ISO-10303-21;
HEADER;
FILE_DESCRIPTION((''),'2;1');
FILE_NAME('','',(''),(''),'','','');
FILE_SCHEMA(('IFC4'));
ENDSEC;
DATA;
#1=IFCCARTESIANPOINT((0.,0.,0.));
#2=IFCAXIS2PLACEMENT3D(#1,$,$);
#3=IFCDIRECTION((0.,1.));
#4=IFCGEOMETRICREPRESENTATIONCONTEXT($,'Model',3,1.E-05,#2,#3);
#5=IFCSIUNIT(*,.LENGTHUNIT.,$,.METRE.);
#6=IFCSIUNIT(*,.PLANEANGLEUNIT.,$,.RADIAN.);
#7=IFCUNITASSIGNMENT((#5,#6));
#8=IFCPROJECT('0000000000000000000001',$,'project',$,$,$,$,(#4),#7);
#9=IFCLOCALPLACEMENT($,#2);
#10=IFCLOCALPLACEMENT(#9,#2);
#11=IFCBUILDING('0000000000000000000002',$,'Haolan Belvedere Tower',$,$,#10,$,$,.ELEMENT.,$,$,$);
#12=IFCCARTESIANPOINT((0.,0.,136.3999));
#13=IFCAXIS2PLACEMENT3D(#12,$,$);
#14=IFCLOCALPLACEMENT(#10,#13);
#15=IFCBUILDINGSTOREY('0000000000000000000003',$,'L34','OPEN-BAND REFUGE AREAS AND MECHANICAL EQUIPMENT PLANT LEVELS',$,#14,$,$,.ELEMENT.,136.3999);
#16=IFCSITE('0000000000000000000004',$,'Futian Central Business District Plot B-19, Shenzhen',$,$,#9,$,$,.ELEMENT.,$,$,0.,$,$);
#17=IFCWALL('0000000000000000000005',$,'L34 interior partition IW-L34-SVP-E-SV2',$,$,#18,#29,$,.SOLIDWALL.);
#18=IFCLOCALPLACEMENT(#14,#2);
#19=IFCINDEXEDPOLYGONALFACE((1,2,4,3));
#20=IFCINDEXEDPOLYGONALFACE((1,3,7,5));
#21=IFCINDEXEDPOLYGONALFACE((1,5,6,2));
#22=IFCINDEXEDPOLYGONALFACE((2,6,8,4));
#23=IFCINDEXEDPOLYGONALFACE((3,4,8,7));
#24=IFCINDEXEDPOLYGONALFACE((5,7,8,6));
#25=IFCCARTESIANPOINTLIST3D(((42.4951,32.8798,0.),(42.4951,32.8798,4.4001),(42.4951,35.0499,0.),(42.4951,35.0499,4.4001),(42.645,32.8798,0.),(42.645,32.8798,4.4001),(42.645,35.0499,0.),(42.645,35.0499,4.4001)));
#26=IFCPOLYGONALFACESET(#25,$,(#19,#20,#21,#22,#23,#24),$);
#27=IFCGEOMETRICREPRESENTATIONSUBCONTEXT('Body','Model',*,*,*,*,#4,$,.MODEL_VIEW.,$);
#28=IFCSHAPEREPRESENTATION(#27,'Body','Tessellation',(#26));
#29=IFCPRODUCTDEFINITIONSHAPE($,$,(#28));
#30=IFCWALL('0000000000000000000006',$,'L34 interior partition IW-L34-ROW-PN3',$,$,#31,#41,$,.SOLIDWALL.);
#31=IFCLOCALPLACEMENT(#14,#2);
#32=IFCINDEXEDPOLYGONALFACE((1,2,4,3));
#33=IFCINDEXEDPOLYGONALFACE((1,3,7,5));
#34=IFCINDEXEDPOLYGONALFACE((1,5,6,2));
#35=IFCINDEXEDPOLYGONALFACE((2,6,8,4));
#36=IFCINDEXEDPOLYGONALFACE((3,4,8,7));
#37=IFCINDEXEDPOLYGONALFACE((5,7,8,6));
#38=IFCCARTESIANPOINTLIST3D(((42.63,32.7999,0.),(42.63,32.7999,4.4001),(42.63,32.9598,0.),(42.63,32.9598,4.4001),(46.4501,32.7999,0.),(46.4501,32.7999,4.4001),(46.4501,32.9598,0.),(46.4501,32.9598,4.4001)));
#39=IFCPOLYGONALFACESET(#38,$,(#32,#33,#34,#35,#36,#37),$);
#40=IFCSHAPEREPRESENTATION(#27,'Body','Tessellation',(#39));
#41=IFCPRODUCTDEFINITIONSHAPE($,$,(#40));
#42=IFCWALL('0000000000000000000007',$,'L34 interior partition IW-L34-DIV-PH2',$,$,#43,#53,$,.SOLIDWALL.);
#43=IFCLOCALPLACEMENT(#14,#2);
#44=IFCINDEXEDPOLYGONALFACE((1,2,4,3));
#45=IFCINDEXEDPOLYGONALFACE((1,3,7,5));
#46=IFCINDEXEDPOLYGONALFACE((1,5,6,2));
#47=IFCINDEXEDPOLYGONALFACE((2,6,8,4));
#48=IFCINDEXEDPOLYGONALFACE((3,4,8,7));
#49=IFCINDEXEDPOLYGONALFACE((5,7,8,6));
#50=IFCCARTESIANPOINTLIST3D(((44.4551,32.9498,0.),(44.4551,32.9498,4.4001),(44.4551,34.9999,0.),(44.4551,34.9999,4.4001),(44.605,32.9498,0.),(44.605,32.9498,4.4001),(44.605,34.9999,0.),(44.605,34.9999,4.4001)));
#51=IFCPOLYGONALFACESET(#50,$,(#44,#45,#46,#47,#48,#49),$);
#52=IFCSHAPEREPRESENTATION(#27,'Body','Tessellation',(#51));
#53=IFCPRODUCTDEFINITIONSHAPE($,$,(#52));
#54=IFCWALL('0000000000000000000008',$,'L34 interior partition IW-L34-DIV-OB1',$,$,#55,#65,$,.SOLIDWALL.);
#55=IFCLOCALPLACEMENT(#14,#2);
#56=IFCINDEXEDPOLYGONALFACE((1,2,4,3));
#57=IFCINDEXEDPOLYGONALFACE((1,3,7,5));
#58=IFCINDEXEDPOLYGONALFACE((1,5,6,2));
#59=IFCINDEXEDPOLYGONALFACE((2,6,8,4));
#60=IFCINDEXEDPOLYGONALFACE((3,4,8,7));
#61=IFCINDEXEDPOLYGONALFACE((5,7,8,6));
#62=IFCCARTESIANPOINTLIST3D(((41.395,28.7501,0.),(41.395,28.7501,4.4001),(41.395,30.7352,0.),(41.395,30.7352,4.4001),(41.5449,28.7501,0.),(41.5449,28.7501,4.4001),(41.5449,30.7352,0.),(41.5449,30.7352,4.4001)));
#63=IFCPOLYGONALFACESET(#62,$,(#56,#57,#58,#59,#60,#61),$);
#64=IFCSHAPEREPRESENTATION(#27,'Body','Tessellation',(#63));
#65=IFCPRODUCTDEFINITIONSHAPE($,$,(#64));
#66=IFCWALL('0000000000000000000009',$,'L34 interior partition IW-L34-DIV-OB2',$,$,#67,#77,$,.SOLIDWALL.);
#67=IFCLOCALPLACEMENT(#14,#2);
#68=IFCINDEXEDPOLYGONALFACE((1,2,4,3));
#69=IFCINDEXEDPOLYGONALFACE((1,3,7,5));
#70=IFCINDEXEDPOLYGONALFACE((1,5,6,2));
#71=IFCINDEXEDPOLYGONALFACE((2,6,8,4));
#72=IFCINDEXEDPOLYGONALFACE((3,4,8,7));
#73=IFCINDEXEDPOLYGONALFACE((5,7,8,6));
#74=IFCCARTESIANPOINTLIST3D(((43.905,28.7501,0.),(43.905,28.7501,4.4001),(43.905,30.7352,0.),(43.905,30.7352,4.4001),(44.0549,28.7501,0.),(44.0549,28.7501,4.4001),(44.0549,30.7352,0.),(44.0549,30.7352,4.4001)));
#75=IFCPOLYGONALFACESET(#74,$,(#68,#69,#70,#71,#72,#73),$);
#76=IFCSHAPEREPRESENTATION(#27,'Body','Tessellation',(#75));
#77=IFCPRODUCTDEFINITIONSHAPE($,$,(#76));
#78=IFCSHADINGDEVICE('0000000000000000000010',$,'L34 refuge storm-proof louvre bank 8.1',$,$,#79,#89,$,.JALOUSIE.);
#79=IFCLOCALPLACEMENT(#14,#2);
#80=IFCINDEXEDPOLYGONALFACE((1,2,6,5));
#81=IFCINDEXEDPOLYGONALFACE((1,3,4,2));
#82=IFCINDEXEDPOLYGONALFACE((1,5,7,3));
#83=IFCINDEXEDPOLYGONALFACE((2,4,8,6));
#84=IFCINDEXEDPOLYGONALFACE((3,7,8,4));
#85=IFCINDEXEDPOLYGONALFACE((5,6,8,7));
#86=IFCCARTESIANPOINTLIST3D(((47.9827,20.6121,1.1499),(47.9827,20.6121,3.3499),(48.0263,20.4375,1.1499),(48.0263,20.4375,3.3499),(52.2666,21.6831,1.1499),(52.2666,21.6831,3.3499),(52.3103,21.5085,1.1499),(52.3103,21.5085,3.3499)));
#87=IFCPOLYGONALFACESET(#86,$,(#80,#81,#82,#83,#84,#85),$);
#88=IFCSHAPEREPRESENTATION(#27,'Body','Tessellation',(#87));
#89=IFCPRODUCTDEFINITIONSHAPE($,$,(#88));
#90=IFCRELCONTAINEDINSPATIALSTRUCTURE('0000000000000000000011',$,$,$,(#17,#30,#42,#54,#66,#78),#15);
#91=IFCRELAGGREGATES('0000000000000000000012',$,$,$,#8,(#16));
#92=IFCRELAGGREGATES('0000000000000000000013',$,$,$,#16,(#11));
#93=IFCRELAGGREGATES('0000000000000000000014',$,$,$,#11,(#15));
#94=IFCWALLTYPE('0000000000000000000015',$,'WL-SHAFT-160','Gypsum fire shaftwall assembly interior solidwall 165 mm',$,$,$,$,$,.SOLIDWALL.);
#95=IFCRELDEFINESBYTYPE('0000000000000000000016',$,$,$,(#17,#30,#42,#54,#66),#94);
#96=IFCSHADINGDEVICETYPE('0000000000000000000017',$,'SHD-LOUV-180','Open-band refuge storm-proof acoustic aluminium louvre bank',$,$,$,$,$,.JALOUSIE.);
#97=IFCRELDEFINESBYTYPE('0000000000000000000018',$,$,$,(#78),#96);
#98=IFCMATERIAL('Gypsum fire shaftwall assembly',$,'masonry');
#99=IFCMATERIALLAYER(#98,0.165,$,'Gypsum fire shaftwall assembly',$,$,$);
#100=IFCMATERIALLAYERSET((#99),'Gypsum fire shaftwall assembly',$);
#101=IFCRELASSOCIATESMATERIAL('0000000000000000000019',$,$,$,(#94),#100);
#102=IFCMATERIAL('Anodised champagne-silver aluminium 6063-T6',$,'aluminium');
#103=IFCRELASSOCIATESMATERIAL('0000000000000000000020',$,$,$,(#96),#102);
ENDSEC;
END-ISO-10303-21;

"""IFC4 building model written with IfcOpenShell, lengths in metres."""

from ifc_helpers import new_model, si_unit, direction, frame, frame_2d, origin, origin_2d, place, context, subcontext, project, spatial, rectangle, extrude, material, layer, layer_set, type_object, element, save


model = new_model("IFC4")

# Units and contexts
model_context = context("Model", 3, precision=1e-05, world=origin(), true_north=direction((0.0, 1.0)))
body_context = subcontext(model_context, "Body", "Model", "MODEL_VIEW")
ifc_project = project(units=[si_unit("LENGTHUNIT", "METRE"), si_unit("PLANEANGLEUNIT", "RADIAN")], contexts=[model_context])

# Site, building, storey
site_placement = place(None, origin())
site = spatial("IfcSite", under=ifc_project, at=site_placement, Name="Futian Central Business District Plot B-19, Shenzhen", CompositionType="ELEMENT", RefElevation=0.0)
building_placement = place(site_placement, origin())
building = spatial("IfcBuilding", under=site, at=building_placement, Name="Haolan Belvedere Tower", CompositionType="ELEMENT")
storey_placement = place(building_placement, frame((0.0, 0.0, 136.3999)))
storey = spatial("IfcBuildingStorey", under=building, at=storey_placement, Name="L34", Description="OPEN-BAND REFUGE AREAS AND MECHANICAL EQUIPMENT PLANT LEVELS", CompositionType="ELEMENT", Elevation=136.3999)

# Walls
ifc_material_1 = material(Name="Gypsum fire shaftwall assembly", Category="masonry")
ifc_layer_1 = layer(ifc_material_1, 0.165, Name="Gypsum fire shaftwall assembly")
ifc_layer_set_1 = layer_set([ifc_layer_1], Name="Gypsum fire shaftwall assembly")
wall_type_1 = type_object("IfcWallType", Name="WL-SHAFT-160", Description="Gypsum fire shaftwall assembly interior solidwall 165 mm", PredefinedType="SOLIDWALL", material=ifc_layer_set_1)
wall_1_placement = place(storey_placement, frame((42.5701, 32.8799, 0.0), z_axis=(0.0, 0.0, 1.0), x_axis=(0.0, 1.0, 0.0)))
element("IfcWall", 1, at=wall_1_placement, inside=storey, type_object=wall_type_1, Name="L34 interior partition IW-L34-SVP-E-SV2", PredefinedType="SOLIDWALL", context=body_context, shape_type="SweptSolid", body=[
    extrude(rectangle(XDim=2.1702, YDim=0.1499, at=frame_2d((1.085, 0.0))), origin(), (0.0, 0.0, 1.0), 4.4001),
])
wall_2_placement = place(storey_placement, frame((42.6299, 32.8799, 0.0), z_axis=(0.0, 0.0, 1.0), x_axis=(1.0, 0.0, 0.0)))
element("IfcWall", 2, at=wall_2_placement, inside=storey, type_object=wall_type_1, Name="L34 interior partition IW-L34-ROW-PN3", PredefinedType="SOLIDWALL", context=body_context, shape_type="SweptSolid", body=[
    extrude(rectangle(XDim=3.8201, YDim=0.1599, at=frame_2d((1.9102, 0.0))), origin(), (0.0, 0.0, 1.0), 4.4001),
])
wall_3_placement = place(storey_placement, frame((44.53, 32.95, 0.0), z_axis=(0.0, 0.0, 1.0), x_axis=(0.0, 1.0, 0.0)))
element("IfcWall", 3, at=wall_3_placement, inside=storey, type_object=wall_type_1, Name="L34 interior partition IW-L34-DIV-PH2", PredefinedType="SOLIDWALL", context=body_context, shape_type="SweptSolid", body=[
    extrude(rectangle(XDim=2.05, YDim=0.1499, at=frame_2d((1.0249, 0.0))), origin(), (0.0, 0.0, 1.0), 4.4001),
])
for number, where, z_axis, x_axis, name in (
    (4, (41.47, 28.75, 0.0), (0.0, 0.0, 1.0), (0.0, 1.0, 0.0), "L34 interior partition IW-L34-DIV-OB1"),
    (5, (43.98, 28.75, 0.0), (0.0, 0.0, 1.0), (0.0, 1.0, 0.0), "L34 interior partition IW-L34-DIV-OB2"),
):
    element("IfcWall", number, at=place(storey_placement, frame(where, z_axis=z_axis, x_axis=x_axis)), inside=storey, type_object=wall_type_1, Name=name, PredefinedType="SOLIDWALL", context=body_context, shape_type="SweptSolid", body=[
        extrude(rectangle(XDim=1.9851, YDim=0.1499, at=frame_2d((0.9927, 0.0))), origin(), (0.0, 0.0, 1.0), 4.4001),
    ])

# Shading device
ifc_material_2 = material(Name="Anodised champagne-silver aluminium 6063-T6", Category="aluminium")
shading_device_type = type_object("IfcShadingDeviceType", Name="SHD-LOUV-180", Description="Open-band refuge storm-proof acoustic aluminium louvre bank", PredefinedType="JALOUSIE", material=ifc_material_2)
shading_device_placement = place(storey_placement, frame((50.1465, 21.0603, 1.1499), z_axis=(0.0, 0.0, 1.0), x_axis=(0.970144, 0.242532, 0.0)))
element("IfcShadingDevice", 6, at=shading_device_placement, inside=storey, type_object=shading_device_type, Name="L34 refuge storm-proof louvre bank 8.1", PredefinedType="JALOUSIE", context=body_context, shape_type="SweptSolid", body=[
    extrude(rectangle(XDim=4.4158, YDim=0.1799, at=origin_2d()), origin(), (0.0, 0.0, 1.0), 2.2),
])

save(model, "model.ifc")
